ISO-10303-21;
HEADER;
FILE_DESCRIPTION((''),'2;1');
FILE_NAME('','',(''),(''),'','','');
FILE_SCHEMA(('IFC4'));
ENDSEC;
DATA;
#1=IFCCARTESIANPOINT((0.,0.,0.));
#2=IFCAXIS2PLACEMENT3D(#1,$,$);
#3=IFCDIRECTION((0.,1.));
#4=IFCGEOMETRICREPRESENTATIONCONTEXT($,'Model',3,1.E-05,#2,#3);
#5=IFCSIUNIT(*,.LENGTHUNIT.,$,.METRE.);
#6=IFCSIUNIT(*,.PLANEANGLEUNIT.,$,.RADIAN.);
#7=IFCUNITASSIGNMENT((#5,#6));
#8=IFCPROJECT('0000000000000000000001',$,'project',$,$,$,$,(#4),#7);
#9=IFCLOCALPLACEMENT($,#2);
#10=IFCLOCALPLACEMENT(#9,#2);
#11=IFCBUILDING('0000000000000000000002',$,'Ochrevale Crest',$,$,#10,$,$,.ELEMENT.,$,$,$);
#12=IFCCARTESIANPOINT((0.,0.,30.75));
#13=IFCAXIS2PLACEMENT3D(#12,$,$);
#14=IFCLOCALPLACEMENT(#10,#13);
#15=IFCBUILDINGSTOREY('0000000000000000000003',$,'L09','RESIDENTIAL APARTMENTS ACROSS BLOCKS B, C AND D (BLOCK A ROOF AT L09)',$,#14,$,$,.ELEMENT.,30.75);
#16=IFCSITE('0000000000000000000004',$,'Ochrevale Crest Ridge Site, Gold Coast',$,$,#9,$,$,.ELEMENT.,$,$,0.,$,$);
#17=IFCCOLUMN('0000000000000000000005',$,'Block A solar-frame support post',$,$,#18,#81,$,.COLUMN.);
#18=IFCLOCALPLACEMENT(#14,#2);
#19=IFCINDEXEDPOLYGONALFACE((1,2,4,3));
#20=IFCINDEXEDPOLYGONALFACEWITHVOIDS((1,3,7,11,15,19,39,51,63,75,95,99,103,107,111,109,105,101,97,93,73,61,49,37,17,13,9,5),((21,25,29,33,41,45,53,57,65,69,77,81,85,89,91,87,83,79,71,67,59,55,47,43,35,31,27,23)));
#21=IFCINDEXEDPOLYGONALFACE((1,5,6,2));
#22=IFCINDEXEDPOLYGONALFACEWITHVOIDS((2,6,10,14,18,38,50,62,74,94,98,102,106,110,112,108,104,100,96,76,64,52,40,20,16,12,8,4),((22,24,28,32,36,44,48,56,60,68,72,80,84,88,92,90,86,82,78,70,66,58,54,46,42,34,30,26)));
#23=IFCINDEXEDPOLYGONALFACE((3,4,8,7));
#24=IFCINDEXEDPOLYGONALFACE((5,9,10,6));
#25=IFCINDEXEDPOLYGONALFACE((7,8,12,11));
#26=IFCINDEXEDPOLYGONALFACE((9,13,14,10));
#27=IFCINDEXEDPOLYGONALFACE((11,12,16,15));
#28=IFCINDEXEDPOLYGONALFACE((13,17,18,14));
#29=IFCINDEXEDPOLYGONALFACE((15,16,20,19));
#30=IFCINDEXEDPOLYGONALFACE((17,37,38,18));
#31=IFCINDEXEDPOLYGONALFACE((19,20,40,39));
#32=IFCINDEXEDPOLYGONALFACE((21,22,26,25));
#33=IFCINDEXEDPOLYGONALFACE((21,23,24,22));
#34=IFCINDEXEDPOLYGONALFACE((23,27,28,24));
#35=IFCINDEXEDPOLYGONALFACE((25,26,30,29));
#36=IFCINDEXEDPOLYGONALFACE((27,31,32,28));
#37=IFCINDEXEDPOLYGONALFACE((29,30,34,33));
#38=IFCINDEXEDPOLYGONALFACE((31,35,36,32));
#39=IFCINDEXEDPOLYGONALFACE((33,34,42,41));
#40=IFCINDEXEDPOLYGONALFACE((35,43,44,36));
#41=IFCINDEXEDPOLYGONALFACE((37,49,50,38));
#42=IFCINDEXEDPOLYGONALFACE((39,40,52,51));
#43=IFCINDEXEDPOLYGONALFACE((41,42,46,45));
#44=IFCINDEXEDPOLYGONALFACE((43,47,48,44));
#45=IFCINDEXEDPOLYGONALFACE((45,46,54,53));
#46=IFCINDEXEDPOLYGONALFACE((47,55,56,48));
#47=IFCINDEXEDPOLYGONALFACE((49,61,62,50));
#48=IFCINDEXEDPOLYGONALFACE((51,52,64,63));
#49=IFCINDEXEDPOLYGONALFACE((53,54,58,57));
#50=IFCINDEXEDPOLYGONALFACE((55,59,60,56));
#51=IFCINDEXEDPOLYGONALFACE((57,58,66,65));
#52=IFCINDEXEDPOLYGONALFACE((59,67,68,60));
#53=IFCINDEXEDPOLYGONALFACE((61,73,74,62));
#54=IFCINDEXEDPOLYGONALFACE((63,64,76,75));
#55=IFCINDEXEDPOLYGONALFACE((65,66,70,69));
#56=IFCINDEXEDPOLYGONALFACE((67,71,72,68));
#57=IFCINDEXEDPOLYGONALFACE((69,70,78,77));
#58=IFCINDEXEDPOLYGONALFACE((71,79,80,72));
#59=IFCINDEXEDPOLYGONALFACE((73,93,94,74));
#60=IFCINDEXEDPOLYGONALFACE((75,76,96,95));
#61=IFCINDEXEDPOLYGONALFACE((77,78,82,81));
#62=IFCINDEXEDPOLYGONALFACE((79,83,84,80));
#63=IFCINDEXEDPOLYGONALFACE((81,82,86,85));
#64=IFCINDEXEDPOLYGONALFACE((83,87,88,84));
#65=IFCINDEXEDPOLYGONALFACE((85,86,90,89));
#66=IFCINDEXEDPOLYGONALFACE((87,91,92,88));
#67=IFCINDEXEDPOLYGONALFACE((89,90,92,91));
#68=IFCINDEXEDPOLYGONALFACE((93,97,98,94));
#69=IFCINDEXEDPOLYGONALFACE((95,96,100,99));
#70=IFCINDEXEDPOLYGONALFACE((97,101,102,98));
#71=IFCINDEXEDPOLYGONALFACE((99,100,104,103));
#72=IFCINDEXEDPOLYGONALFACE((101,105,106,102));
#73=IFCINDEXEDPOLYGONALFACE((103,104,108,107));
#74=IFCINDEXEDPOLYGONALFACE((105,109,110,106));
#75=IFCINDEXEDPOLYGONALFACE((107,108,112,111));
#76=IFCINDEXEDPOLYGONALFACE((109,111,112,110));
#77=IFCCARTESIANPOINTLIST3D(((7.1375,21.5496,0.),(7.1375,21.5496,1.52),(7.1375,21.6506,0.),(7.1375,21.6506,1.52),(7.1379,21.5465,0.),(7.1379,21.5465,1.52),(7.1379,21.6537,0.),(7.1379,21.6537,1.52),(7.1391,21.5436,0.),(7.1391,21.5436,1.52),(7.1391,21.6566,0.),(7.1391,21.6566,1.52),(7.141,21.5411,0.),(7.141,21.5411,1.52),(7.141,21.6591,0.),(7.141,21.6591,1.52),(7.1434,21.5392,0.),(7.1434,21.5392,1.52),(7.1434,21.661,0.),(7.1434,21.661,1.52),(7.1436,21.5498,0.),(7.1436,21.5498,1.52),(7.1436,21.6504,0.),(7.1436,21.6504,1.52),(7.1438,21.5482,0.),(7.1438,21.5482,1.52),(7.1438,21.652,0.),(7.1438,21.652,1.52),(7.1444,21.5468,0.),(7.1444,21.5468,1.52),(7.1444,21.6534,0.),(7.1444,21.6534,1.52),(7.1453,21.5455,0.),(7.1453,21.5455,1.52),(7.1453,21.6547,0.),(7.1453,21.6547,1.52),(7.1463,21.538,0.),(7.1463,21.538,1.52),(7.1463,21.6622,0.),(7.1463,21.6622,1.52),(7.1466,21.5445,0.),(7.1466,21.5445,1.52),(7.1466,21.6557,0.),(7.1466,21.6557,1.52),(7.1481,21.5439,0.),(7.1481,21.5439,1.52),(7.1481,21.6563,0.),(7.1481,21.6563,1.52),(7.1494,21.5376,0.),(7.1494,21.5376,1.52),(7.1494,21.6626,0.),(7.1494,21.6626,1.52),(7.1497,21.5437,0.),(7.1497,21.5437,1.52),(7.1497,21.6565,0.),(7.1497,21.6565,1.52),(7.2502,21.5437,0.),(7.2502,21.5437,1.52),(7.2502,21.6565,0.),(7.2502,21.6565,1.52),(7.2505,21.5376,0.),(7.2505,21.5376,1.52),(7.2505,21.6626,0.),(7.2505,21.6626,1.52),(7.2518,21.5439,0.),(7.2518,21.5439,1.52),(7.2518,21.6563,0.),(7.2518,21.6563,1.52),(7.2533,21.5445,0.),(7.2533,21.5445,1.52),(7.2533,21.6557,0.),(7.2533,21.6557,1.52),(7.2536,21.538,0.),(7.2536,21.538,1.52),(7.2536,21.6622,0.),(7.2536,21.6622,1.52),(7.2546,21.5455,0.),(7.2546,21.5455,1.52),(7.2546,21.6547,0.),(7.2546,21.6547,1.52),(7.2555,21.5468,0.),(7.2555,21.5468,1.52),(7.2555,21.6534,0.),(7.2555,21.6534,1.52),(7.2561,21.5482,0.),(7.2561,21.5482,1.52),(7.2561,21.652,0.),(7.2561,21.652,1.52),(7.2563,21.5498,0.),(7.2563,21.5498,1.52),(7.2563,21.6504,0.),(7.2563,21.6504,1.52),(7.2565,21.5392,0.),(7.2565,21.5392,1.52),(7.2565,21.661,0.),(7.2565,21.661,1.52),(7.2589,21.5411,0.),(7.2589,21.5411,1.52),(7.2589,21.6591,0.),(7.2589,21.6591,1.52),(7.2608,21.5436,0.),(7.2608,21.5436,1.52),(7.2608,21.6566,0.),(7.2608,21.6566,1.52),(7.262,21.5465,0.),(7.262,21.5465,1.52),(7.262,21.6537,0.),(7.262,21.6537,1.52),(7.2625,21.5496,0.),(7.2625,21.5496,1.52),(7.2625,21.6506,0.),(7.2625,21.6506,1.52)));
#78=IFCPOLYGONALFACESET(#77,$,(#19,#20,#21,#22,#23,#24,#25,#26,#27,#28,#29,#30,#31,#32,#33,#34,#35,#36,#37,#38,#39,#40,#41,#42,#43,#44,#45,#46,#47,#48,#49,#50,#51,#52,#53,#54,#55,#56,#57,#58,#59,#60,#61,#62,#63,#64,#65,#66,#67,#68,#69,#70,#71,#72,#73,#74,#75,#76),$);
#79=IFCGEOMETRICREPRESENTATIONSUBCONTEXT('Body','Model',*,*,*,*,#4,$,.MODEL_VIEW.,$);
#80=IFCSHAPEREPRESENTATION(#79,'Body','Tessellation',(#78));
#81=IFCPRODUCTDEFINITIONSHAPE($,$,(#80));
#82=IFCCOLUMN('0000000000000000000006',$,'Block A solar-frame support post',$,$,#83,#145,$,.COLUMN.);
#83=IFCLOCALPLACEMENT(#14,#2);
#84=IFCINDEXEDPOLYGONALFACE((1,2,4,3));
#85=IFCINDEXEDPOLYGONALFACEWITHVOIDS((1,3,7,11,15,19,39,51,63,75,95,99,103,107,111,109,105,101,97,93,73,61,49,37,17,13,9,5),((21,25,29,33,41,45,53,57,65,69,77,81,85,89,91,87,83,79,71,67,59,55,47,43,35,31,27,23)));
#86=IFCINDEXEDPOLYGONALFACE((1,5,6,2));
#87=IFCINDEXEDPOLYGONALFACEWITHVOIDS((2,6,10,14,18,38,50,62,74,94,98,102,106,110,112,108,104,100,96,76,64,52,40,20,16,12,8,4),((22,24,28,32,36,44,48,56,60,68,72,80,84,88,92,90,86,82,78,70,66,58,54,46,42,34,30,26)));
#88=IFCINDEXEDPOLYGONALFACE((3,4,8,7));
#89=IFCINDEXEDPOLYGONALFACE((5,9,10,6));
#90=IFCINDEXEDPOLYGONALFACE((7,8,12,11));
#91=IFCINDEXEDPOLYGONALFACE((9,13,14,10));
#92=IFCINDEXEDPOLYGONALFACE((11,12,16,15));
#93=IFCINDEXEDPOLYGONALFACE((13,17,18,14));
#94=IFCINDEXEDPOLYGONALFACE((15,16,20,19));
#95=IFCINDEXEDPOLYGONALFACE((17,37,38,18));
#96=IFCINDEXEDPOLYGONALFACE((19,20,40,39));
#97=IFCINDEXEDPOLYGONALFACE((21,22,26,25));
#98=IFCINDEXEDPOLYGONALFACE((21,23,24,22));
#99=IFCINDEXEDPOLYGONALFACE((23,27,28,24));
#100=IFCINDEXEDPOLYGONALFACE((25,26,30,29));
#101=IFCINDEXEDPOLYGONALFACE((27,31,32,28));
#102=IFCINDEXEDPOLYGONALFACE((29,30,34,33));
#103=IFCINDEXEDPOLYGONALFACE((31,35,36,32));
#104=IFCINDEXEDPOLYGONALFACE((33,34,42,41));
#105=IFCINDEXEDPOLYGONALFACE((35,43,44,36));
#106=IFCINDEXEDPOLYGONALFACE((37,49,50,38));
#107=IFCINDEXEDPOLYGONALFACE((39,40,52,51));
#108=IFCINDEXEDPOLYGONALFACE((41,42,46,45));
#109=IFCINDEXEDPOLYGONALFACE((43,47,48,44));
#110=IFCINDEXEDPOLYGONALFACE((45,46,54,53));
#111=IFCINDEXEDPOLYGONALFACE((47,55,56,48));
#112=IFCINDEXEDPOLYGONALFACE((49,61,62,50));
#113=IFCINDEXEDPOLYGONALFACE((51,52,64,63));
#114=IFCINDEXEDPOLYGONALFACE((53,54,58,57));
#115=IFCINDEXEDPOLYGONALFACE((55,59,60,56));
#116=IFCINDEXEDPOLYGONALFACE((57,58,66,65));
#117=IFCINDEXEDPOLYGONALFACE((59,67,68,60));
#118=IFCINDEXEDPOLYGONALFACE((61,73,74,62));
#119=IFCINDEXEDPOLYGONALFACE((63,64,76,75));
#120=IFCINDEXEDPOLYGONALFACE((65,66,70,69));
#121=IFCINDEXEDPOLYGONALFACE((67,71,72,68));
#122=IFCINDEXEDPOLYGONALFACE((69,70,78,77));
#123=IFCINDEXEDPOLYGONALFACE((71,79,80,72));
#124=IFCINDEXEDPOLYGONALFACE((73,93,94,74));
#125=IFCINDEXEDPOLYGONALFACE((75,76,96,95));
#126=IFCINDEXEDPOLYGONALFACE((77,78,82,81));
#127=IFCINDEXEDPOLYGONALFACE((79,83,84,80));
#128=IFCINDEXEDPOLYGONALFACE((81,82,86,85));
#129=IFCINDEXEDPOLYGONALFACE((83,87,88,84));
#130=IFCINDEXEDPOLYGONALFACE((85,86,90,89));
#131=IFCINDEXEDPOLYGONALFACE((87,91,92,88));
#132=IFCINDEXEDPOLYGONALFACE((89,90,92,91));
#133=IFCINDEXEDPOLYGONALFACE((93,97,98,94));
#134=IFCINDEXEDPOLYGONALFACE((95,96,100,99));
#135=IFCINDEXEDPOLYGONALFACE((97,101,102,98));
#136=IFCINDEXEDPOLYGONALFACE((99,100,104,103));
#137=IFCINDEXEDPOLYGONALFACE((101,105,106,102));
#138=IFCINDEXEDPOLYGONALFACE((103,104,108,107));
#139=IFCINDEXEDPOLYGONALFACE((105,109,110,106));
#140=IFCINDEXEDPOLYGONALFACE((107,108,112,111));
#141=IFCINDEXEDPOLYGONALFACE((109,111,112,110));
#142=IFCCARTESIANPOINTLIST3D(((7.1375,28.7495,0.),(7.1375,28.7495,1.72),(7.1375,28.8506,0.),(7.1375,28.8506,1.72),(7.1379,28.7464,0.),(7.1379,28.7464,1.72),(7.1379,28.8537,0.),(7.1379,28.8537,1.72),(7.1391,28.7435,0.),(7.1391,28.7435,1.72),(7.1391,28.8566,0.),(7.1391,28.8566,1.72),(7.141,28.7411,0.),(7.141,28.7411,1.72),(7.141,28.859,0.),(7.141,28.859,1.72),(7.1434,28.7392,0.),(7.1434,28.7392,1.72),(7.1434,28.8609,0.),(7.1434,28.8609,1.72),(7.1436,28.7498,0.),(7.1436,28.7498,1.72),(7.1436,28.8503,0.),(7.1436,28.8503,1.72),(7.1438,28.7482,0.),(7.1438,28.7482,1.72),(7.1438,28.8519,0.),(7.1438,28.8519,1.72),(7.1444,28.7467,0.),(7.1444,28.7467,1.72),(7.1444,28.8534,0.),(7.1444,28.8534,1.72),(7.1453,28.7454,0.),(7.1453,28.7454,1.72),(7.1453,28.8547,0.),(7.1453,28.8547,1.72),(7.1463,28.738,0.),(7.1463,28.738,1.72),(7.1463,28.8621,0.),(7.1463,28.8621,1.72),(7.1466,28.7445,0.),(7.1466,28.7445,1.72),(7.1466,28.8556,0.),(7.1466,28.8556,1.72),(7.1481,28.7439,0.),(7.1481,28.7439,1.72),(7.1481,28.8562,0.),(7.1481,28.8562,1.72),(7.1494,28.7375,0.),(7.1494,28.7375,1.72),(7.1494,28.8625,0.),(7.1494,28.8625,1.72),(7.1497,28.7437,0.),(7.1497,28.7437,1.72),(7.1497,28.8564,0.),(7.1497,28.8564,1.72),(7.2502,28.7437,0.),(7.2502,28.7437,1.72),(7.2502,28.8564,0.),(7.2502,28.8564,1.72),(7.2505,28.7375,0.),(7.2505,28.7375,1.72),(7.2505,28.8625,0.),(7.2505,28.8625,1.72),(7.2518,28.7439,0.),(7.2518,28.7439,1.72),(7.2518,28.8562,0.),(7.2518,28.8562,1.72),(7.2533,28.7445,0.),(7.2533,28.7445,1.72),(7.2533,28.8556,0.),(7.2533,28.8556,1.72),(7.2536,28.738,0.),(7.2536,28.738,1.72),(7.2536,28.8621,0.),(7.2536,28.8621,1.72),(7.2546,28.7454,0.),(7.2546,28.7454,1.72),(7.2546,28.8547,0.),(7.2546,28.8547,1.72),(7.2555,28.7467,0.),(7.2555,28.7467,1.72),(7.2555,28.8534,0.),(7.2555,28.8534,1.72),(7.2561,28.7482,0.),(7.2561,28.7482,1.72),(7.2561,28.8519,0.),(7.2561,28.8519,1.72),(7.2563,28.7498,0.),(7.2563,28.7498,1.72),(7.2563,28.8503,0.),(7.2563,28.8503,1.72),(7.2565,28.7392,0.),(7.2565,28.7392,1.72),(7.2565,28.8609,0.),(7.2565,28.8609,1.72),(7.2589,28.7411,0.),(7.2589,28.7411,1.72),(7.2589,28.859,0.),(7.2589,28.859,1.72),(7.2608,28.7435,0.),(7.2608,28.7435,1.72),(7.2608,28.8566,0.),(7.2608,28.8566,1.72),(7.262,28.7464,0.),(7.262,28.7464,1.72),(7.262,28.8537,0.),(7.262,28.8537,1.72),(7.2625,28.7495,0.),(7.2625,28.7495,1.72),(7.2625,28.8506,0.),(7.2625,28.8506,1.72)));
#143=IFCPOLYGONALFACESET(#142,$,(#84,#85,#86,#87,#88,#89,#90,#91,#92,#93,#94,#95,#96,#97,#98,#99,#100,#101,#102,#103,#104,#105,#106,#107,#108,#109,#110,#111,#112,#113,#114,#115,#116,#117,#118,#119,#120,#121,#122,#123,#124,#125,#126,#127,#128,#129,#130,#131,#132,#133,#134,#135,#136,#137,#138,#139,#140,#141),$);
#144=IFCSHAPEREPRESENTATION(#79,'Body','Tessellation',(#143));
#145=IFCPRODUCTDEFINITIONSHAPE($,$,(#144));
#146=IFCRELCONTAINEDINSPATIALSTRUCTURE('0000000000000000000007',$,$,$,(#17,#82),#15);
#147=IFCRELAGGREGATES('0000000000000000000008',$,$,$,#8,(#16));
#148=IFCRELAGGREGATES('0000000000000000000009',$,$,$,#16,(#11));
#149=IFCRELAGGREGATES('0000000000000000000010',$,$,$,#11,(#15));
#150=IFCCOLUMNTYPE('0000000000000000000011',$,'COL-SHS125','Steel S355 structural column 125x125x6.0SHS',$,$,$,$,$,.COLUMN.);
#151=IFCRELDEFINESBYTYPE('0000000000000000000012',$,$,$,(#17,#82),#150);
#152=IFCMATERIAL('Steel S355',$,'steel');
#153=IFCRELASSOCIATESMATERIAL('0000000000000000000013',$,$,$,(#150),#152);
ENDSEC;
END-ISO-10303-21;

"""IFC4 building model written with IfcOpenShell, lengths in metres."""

from ifc_helpers import new_model, si_unit, direction, frame, origin, origin_2d, place, context, subcontext, project, spatial, hollow_rectangle, extrude, material, material_profile, profile_set, type_object, element, save


model = new_model("IFC4")

# Units and contexts
model_context = context("Model", 3, precision=1e-05, world=origin(), true_north=direction((0.0, 1.0)))
body_context = subcontext(model_context, "Body", "Model", "MODEL_VIEW")
ifc_project = project(units=[si_unit("LENGTHUNIT", "METRE"), si_unit("PLANEANGLEUNIT", "RADIAN")], contexts=[model_context])

# Site, building, storey
site_placement = place(None, origin())
site = spatial("IfcSite", under=ifc_project, at=site_placement, Name="Ochrevale Crest Ridge Site, Gold Coast", CompositionType="ELEMENT", RefElevation=0.0)
building_placement = place(site_placement, origin())
building = spatial("IfcBuilding", under=site, at=building_placement, Name="Ochrevale Crest", CompositionType="ELEMENT")
storey_placement = place(building_placement, frame((0.0, 0.0, 30.75)))
storey = spatial("IfcBuildingStorey", under=building, at=storey_placement, Name="L09", Description="RESIDENTIAL APARTMENTS ACROSS BLOCKS B, C AND D (BLOCK A ROOF AT L09)", CompositionType="ELEMENT", Elevation=30.75)

# Columns
ifc_material_1 = material(Name="Steel S355", Category="steel")
ifc_material_profile_1 = material_profile(ifc_material_1, hollow_rectangle(XDim=0.125, YDim=0.125, WallThickness=0.0061, InnerFilletRadius=0.0061, OuterFilletRadius=0.012, at=origin_2d()), Name="125x125x6.0SHS")
ifc_profile_set_1 = profile_set([ifc_material_profile_1], Name="Steel S355")
column_type = type_object("IfcColumnType", Name="COL-SHS125", Description="Steel S355 structural column 125x125x6.0SHS", PredefinedType="COLUMN", material=ifc_profile_set_1)
column_1_placement = place(storey_placement, frame((7.2, 21.6001, 0.0), z_axis=(0.0, 0.0, 1.0), x_axis=(1.0, 0.0, 0.0)))
element("IfcColumn", 1, at=column_1_placement, inside=storey, type_object=column_type, Name="Block A solar-frame support post", PredefinedType="COLUMN", context=body_context, shape_type="SweptSolid", body=[
    extrude(hollow_rectangle(XDim=0.125, YDim=0.125, WallThickness=0.0061, InnerFilletRadius=0.0061, OuterFilletRadius=0.012, at=origin_2d()), origin(), (0.0, 0.0, 1.0), 1.52),
])
column_2_placement = place(storey_placement, frame((7.2, 28.8, 0.0), z_axis=(0.0, 0.0, 1.0), x_axis=(1.0, 0.0, 0.0)))
element("IfcColumn", 2, at=column_2_placement, inside=storey, type_object=column_type, Name="Block A solar-frame support post", PredefinedType="COLUMN", context=body_context, shape_type="SweptSolid", body=[
    extrude(hollow_rectangle(XDim=0.125, YDim=0.125, WallThickness=0.0061, InnerFilletRadius=0.0061, OuterFilletRadius=0.012, at=origin_2d()), origin(), (0.0, 0.0, 1.0), 1.72),
])

save(model, "model.ifc")
